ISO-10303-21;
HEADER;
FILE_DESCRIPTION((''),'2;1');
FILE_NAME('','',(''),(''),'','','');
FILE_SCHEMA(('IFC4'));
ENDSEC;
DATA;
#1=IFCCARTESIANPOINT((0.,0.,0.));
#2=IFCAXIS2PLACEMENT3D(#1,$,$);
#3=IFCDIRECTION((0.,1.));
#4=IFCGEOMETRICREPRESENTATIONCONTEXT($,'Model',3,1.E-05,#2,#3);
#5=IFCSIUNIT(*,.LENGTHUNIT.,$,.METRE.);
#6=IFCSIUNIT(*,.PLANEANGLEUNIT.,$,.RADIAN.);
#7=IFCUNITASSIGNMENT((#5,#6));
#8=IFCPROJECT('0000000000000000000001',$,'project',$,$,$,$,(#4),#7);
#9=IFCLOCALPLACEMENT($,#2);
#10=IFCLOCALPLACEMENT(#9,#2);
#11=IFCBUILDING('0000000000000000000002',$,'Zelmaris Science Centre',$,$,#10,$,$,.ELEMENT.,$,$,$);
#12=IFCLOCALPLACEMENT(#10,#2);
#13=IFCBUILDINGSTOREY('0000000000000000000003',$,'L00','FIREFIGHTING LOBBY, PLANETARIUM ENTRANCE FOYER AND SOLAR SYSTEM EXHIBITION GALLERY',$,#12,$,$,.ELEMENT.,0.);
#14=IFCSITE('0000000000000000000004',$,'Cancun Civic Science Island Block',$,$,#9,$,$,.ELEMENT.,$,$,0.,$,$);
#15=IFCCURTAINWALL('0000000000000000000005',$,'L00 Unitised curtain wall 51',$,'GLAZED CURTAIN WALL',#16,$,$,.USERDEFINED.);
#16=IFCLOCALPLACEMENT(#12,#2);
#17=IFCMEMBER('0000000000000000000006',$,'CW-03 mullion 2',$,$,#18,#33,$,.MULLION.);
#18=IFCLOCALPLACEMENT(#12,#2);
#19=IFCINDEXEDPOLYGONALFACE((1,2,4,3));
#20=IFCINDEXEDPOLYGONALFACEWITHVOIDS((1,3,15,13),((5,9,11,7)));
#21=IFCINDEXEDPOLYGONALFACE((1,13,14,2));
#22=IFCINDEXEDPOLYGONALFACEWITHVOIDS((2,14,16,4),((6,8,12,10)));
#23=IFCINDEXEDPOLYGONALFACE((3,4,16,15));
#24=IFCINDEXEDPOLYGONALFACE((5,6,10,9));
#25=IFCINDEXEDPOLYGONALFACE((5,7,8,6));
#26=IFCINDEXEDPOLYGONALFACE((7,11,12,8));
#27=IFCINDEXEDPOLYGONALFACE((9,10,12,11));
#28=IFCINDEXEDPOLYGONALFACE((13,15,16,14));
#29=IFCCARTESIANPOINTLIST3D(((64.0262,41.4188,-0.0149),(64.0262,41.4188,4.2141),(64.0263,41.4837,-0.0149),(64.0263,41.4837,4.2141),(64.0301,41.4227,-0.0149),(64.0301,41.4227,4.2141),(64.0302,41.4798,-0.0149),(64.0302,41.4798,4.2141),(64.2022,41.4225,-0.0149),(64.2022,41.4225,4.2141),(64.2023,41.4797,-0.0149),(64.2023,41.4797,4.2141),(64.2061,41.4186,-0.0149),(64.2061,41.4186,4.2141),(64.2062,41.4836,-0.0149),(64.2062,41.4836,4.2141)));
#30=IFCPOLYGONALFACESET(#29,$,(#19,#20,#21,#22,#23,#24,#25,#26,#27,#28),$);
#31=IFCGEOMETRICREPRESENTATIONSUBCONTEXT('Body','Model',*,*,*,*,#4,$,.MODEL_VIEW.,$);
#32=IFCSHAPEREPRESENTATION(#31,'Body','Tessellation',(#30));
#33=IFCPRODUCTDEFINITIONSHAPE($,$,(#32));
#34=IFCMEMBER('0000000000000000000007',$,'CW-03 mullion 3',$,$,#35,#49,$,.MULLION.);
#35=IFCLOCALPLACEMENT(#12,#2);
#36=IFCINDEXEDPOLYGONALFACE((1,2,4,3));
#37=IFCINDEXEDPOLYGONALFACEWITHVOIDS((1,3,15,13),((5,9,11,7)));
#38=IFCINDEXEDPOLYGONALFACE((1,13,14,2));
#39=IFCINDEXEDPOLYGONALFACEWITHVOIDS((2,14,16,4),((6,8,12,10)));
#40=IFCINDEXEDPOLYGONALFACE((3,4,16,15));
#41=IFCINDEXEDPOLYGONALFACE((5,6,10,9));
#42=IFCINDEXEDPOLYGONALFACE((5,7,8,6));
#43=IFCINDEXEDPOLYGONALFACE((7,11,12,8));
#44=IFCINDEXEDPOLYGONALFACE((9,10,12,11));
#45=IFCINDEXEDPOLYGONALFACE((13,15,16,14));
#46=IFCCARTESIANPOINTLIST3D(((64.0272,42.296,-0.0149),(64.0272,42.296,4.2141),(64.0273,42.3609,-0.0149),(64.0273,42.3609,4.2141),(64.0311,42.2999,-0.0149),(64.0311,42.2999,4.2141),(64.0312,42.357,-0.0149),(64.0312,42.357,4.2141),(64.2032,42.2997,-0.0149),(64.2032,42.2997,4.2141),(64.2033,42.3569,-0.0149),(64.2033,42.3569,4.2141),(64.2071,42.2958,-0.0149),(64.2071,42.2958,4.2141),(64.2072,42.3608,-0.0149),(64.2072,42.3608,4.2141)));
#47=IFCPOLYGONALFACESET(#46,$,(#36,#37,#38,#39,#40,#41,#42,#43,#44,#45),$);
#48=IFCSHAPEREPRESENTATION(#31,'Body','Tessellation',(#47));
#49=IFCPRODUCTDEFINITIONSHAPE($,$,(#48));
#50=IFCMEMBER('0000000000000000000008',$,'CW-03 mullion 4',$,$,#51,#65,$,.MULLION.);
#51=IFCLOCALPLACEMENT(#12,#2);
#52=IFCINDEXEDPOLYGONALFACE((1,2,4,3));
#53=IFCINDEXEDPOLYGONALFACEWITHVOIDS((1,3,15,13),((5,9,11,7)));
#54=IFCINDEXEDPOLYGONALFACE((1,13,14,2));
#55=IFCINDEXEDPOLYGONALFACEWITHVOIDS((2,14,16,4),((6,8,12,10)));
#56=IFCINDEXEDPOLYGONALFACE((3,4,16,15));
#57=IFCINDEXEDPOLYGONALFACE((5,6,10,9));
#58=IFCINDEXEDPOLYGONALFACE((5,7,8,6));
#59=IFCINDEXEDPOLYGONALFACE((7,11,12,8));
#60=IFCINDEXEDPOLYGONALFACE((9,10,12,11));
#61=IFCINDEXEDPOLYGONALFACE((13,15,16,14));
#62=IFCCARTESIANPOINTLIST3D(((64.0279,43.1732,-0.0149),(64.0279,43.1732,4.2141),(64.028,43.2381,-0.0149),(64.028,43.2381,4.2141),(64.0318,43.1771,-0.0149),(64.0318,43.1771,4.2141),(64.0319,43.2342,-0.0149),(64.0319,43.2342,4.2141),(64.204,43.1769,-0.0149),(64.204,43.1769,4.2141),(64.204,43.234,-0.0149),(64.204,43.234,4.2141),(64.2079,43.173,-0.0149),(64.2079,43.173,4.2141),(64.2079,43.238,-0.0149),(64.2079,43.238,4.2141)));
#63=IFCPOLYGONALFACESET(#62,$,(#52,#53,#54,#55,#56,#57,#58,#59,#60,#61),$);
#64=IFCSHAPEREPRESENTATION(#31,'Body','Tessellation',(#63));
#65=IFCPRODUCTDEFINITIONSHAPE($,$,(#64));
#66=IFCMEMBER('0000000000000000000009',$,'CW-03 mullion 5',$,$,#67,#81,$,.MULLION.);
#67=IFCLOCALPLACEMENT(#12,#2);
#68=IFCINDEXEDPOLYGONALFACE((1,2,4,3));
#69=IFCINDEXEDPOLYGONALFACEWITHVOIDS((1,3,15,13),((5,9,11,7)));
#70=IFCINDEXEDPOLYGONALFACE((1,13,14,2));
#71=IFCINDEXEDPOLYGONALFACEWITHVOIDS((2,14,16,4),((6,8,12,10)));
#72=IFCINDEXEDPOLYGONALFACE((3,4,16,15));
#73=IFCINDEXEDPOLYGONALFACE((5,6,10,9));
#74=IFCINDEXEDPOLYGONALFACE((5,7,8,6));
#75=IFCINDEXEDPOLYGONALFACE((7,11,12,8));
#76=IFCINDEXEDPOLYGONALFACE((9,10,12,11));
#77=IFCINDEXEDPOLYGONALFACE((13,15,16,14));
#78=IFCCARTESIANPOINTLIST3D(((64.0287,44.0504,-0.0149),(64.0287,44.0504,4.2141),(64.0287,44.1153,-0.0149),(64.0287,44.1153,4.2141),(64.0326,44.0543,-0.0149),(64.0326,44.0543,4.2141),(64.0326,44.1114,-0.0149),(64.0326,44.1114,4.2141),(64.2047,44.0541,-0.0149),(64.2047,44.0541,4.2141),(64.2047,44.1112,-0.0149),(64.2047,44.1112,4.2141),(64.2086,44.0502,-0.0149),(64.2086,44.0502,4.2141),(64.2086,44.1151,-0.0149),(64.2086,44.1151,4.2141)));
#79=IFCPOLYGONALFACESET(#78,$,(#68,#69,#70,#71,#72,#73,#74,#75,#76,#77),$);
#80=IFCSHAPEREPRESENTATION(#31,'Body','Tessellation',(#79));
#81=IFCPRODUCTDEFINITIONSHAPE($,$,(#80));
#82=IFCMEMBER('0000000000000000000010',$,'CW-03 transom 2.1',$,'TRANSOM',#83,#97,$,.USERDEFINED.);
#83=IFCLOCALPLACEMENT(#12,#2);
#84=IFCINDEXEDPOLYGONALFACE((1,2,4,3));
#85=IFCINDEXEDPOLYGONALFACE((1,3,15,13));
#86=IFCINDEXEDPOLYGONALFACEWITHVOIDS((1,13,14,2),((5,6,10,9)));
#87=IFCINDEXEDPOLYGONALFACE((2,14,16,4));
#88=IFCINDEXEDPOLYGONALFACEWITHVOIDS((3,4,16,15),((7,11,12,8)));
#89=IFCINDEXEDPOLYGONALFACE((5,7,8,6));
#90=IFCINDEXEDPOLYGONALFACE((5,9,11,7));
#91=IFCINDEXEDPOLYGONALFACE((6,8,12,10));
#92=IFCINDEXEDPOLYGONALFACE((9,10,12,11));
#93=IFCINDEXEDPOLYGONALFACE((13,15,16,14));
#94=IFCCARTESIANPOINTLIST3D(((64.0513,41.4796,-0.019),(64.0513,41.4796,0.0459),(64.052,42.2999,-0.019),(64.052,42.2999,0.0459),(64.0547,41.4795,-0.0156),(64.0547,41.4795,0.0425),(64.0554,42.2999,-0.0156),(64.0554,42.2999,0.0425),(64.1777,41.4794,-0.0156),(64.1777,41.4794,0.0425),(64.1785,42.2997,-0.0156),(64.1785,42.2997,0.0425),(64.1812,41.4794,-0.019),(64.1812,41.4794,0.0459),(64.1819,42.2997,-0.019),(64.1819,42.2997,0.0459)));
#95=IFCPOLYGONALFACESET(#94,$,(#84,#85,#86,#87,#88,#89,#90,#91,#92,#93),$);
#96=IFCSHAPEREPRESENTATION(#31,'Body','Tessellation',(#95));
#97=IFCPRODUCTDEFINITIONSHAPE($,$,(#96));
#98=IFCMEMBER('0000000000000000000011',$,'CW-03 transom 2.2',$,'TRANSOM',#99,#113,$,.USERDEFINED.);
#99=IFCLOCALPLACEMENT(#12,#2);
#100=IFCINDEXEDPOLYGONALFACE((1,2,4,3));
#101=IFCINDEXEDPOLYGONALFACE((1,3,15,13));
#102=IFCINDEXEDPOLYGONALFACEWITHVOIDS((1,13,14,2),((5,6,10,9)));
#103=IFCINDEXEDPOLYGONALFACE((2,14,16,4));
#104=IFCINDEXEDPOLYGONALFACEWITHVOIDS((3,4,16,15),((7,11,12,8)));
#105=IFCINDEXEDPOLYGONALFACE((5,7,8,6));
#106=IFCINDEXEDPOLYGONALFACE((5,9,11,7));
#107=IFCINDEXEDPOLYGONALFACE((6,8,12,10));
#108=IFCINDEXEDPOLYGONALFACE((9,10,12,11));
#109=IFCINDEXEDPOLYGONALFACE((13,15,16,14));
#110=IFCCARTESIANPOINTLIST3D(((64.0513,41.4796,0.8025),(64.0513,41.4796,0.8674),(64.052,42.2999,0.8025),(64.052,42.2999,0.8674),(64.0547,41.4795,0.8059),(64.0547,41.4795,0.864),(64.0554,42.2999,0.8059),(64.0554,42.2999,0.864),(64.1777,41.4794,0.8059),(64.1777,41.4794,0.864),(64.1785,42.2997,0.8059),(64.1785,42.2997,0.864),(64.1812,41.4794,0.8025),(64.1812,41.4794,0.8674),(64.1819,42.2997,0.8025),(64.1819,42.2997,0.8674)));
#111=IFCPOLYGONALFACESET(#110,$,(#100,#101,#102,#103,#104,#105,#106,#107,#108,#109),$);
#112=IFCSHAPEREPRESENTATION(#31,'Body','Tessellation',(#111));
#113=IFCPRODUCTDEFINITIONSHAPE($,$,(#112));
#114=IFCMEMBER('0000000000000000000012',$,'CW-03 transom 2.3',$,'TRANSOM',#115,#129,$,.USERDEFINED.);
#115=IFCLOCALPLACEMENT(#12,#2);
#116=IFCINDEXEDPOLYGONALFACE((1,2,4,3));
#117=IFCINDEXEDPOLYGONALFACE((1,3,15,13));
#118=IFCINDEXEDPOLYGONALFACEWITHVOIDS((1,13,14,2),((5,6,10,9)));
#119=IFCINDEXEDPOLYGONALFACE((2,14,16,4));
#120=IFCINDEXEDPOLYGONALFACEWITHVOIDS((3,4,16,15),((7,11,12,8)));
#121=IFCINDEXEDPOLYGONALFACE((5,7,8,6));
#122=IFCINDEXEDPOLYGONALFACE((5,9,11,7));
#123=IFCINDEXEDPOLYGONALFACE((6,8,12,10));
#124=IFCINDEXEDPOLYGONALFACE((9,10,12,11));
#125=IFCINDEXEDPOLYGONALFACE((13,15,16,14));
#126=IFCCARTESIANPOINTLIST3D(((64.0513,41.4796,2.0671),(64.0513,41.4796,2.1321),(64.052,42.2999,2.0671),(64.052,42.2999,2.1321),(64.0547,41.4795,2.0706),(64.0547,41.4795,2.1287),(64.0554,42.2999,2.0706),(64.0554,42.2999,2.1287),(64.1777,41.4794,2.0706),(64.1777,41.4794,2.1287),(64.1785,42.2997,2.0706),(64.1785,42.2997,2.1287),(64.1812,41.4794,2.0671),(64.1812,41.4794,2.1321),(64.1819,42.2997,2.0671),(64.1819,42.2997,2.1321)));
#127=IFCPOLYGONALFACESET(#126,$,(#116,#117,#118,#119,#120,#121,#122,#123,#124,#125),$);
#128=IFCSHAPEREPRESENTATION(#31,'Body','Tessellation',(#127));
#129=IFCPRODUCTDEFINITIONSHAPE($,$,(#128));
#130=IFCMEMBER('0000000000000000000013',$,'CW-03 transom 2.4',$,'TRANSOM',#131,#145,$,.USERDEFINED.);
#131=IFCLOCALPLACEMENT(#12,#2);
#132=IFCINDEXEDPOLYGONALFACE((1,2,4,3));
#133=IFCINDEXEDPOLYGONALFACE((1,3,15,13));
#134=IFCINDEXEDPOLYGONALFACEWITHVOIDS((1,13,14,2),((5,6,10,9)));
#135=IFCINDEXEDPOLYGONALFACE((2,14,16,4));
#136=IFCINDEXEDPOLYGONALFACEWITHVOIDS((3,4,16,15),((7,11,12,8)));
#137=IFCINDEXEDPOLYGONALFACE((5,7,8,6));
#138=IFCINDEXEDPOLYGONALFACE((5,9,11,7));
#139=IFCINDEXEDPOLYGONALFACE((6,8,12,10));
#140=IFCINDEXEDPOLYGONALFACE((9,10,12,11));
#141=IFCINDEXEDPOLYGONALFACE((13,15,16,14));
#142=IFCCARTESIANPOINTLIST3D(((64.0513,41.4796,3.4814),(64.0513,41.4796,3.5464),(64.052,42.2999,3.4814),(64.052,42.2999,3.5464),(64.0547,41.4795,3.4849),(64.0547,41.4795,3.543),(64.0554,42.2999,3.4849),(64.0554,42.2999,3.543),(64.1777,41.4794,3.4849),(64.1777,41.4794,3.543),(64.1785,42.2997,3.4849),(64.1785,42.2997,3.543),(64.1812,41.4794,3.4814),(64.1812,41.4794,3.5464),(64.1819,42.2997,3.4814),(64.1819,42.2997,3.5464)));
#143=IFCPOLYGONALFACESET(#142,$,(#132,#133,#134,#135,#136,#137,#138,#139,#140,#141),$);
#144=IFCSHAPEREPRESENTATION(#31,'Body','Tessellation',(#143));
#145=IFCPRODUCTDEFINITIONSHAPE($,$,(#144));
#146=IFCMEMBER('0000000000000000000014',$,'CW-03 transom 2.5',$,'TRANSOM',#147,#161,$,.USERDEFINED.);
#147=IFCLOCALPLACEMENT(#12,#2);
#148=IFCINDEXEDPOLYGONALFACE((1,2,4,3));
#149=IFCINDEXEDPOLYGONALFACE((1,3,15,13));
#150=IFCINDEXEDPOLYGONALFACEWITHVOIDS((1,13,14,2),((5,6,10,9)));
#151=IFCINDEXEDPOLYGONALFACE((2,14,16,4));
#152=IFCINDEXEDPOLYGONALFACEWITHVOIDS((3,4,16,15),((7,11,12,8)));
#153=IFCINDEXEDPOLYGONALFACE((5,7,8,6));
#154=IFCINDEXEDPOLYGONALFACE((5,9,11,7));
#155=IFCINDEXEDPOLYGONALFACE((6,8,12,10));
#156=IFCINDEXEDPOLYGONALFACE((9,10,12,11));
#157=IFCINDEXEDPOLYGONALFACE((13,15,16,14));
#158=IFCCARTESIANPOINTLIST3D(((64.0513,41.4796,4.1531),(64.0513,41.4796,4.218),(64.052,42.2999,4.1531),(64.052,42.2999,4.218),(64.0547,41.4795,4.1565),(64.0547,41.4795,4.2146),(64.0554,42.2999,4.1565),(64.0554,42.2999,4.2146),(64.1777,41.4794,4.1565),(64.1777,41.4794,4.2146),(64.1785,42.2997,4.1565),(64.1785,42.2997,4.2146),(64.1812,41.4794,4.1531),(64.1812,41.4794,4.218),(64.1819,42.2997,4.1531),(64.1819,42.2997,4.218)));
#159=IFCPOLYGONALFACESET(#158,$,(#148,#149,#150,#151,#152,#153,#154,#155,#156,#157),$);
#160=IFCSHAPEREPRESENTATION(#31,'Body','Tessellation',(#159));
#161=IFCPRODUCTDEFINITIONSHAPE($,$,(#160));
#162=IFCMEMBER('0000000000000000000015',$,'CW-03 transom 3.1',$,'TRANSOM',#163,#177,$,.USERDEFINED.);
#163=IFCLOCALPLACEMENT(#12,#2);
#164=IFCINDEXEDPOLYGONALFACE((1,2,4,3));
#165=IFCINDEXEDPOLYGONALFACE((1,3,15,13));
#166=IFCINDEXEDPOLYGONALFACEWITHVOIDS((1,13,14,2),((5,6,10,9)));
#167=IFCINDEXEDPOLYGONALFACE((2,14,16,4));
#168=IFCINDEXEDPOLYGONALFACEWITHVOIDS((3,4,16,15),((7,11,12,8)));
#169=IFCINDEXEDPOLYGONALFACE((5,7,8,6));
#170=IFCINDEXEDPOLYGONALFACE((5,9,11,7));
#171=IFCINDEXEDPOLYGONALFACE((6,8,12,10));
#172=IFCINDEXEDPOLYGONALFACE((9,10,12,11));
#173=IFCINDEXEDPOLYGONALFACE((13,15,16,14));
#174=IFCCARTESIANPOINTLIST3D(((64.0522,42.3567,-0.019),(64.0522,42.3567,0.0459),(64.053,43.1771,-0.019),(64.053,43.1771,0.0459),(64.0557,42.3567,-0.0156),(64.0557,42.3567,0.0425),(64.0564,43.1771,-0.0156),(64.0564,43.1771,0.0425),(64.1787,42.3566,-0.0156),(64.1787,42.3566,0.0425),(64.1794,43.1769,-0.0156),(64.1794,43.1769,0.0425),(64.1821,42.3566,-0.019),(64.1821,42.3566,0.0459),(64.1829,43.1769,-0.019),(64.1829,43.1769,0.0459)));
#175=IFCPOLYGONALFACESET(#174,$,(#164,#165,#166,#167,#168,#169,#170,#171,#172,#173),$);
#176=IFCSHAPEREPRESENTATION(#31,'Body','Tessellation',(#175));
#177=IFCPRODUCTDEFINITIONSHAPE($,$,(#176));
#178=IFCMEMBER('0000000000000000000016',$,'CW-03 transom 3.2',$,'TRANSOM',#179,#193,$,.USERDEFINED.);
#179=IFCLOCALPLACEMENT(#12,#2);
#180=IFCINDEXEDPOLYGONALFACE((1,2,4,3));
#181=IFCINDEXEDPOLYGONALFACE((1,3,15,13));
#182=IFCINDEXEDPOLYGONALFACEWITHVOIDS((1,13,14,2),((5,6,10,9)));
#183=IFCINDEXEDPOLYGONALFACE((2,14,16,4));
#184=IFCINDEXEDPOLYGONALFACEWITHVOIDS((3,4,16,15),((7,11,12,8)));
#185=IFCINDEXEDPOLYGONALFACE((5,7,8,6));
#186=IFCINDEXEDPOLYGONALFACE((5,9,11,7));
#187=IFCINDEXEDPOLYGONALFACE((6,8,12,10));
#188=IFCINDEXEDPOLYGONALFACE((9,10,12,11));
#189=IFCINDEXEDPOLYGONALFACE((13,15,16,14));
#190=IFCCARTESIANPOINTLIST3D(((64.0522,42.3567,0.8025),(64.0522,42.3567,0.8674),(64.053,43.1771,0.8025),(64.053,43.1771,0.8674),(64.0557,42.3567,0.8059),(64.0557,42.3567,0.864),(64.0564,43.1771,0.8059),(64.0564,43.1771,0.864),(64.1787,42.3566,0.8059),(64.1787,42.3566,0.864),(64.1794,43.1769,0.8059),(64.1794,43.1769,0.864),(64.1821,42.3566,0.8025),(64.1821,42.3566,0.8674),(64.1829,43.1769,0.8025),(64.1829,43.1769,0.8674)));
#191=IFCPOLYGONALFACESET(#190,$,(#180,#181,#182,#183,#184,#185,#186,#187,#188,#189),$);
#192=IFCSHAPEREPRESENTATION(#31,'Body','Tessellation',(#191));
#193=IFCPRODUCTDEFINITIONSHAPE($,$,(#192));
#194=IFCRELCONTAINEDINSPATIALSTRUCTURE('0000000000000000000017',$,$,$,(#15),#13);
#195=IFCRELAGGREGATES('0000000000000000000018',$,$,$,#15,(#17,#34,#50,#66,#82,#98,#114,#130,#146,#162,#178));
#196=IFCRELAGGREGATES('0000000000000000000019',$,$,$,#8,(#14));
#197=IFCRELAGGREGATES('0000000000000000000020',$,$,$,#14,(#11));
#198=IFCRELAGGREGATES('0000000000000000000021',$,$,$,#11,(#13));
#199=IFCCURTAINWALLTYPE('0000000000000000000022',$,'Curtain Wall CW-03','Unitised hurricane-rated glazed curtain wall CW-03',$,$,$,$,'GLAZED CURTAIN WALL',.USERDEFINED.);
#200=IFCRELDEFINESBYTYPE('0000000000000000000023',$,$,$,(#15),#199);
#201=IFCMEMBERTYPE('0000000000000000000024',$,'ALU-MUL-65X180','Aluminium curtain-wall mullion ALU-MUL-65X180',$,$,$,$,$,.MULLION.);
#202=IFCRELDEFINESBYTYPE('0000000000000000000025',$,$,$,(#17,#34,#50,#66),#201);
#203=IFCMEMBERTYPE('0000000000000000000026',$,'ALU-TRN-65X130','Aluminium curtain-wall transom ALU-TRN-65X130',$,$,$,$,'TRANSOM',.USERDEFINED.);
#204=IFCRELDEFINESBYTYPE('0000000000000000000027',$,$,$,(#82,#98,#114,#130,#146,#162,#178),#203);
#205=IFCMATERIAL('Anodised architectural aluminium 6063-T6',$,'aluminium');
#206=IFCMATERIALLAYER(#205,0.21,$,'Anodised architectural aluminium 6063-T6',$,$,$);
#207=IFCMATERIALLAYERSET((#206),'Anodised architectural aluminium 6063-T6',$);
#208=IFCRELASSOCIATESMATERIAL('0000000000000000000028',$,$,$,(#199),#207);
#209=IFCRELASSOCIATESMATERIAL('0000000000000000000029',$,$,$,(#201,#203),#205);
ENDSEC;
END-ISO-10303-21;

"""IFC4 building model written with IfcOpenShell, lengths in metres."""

from ifc_helpers import new_model, si_unit, direction, frame, origin, origin_2d, place, context, subcontext, project, spatial, hollow_rectangle, extrude, material, layer, layer_set, material_profile, profile_set, type_object, element, aggregate, save


model = new_model("IFC4")

# Units and contexts
model_context = context("Model", 3, precision=1e-05, world=origin(), true_north=direction((0.0, 1.0)))
body_context = subcontext(model_context, "Body", "Model", "MODEL_VIEW")
ifc_project = project(units=[si_unit("LENGTHUNIT", "METRE"), si_unit("PLANEANGLEUNIT", "RADIAN")], contexts=[model_context])

# Site, building, storey
site_placement = place(None, origin())
site = spatial("IfcSite", under=ifc_project, at=site_placement, Name="Cancun Civic Science Island Block", CompositionType="ELEMENT", RefElevation=0.0)
building_placement = place(site_placement, origin())
building = spatial("IfcBuilding", under=site, at=building_placement, Name="Zelmaris Science Centre", CompositionType="ELEMENT")
storey_placement = place(building_placement, origin())
storey = spatial("IfcBuildingStorey", under=building, at=storey_placement, Name="L00", Description="FIREFIGHTING LOBBY, PLANETARIUM ENTRANCE FOYER AND SOLAR SYSTEM EXHIBITION GALLERY", CompositionType="ELEMENT", Elevation=0.0)

# Curtain wall, members
ifc_material_1 = material(Name="Anodised architectural aluminium 6063-T6", Category="aluminium")
ifc_layer_1 = layer(ifc_material_1, 0.21, Name="Anodised architectural aluminium 6063-T6")
ifc_layer_set_1 = layer_set([ifc_layer_1], Name="Anodised architectural aluminium 6063-T6")
curtain_wall_type = type_object("IfcCurtainWallType", Name="Curtain Wall CW-03", Description="Unitised hurricane-rated glazed curtain wall CW-03", ElementType="GLAZED CURTAIN WALL", PredefinedType="USERDEFINED", material=ifc_layer_set_1)
curtain_wall_placement = place(storey_placement, origin())
curtain_wall = element("IfcCurtainWall", 1, at=curtain_wall_placement, inside=storey, type_object=curtain_wall_type, Name="L00 Unitised curtain wall 51", ObjectType="GLAZED CURTAIN WALL", PredefinedType="USERDEFINED")
ifc_material_profile_1 = material_profile(ifc_material_1, hollow_rectangle(XDim=0.0649, YDim=0.1799, WallThickness=0.0039, at=origin_2d()), Name="ALU-MUL-65X180")
ifc_profile_set_1 = profile_set([ifc_material_profile_1], Name="Anodised architectural aluminium 6063-T6")
member_type_1 = type_object("IfcMemberType", Name="ALU-MUL-65X180", Description="Aluminium curtain-wall mullion ALU-MUL-65X180", PredefinedType="MULLION", material=ifc_profile_set_1)
member_1_placement = place(storey_placement, frame((64.1162, 41.4512, -0.0149), z_axis=(0.0, 0.0, 1.0), x_axis=(0.000946, 1.0, 0.0)))
member_1 = element("IfcMember", 2, at=member_1_placement, type_object=member_type_1, Name="CW-03 mullion 2", PredefinedType="MULLION", context=body_context, shape_type="SweptSolid", body=[
    extrude(hollow_rectangle(XDim=0.0649, YDim=0.1799, WallThickness=0.0039, at=origin_2d()), origin(), (0.0, 0.0, 1.0), 4.229),
])
member_2_placement = place(storey_placement, frame((64.1172, 42.3284, -0.0149), z_axis=(0.0, 0.0, 1.0), x_axis=(0.000946, 1.0, 0.0)))
member_2 = element("IfcMember", 3, at=member_2_placement, type_object=member_type_1, Name="CW-03 mullion 3", PredefinedType="MULLION", context=body_context, shape_type="SweptSolid", body=[
    extrude(hollow_rectangle(XDim=0.0649, YDim=0.1799, WallThickness=0.0039, at=origin_2d()), origin(), (0.0, 0.0, 1.0), 4.229),
])
member_3_placement = place(storey_placement, frame((64.1179, 43.2056, -0.0149), z_axis=(0.0, 0.0, 1.0), x_axis=(0.000946, 1.0, 0.0)))
member_3 = element("IfcMember", 4, at=member_3_placement, type_object=member_type_1, Name="CW-03 mullion 4", PredefinedType="MULLION", context=body_context, shape_type="SweptSolid", body=[
    extrude(hollow_rectangle(XDim=0.0649, YDim=0.1799, WallThickness=0.0039, at=origin_2d()), origin(), (0.0, 0.0, 1.0), 4.229),
])
member_4_placement = place(storey_placement, frame((64.1187, 44.0828, -0.0149), z_axis=(0.0, 0.0, 1.0), x_axis=(0.000946, 1.0, 0.0)))
member_4 = element("IfcMember", 5, at=member_4_placement, type_object=member_type_1, Name="CW-03 mullion 5", PredefinedType="MULLION", context=body_context, shape_type="SweptSolid", body=[
    extrude(hollow_rectangle(XDim=0.0649, YDim=0.1799, WallThickness=0.0039, at=origin_2d()), origin(), (0.0, 0.0, 1.0), 4.229),
])
ifc_material_profile_2 = material_profile(ifc_material_1, hollow_rectangle(XDim=0.0649, YDim=0.1299, WallThickness=0.0034, at=origin_2d()), Name="ALU-TRN-65X130")
ifc_profile_set_2 = profile_set([ifc_material_profile_2], Name="Anodised architectural aluminium 6063-T6")
member_type_2 = type_object("IfcMemberType", Name="ALU-TRN-65X130", Description="Aluminium curtain-wall transom ALU-TRN-65X130", ElementType="TRANSOM", PredefinedType="USERDEFINED", material=ifc_profile_set_2)
member_5_placement = place(storey_placement, frame((64.1162, 41.4795, 0.0134), z_axis=(0.000893, 1.0, 0.0), x_axis=(0.0, 0.0, 1.0)))
member_5 = element("IfcMember", 6, at=member_5_placement, type_object=member_type_2, Name="CW-03 transom 2.1", ObjectType="TRANSOM", PredefinedType="USERDEFINED", context=body_context, shape_type="SweptSolid", body=[
    extrude(hollow_rectangle(XDim=0.0649, YDim=0.1299, WallThickness=0.0034, at=origin_2d()), origin(), (0.0, 0.0, 1.0), 0.8203),
])
member_6_placement = place(storey_placement, frame((64.1162, 41.4795, 0.835), z_axis=(0.000893, 1.0, 0.0), x_axis=(0.0, 0.0, 1.0)))
member_6 = element("IfcMember", 7, at=member_6_placement, type_object=member_type_2, Name="CW-03 transom 2.2", ObjectType="TRANSOM", PredefinedType="USERDEFINED", context=body_context, shape_type="SweptSolid", body=[
    extrude(hollow_rectangle(XDim=0.0649, YDim=0.1299, WallThickness=0.0034, at=origin_2d()), origin(), (0.0, 0.0, 1.0), 0.8203),
])
member_7_placement = place(storey_placement, frame((64.1162, 41.4795, 2.0996), z_axis=(0.000893, 1.0, 0.0), x_axis=(0.0, 0.0, 1.0)))
member_7 = element("IfcMember", 8, at=member_7_placement, type_object=member_type_2, Name="CW-03 transom 2.3", ObjectType="TRANSOM", PredefinedType="USERDEFINED", context=body_context, shape_type="SweptSolid", body=[
    extrude(hollow_rectangle(XDim=0.0649, YDim=0.1299, WallThickness=0.0034, at=origin_2d()), origin(), (0.0, 0.0, 1.0), 0.8203),
])
member_8_placement = place(storey_placement, frame((64.1162, 41.4795, 3.5139), z_axis=(0.000893, 1.0, 0.0), x_axis=(0.0, 0.0, 1.0)))
member_8 = element("IfcMember", 9, at=member_8_placement, type_object=member_type_2, Name="CW-03 transom 2.4", ObjectType="TRANSOM", PredefinedType="USERDEFINED", context=body_context, shape_type="SweptSolid", body=[
    extrude(hollow_rectangle(XDim=0.0649, YDim=0.1299, WallThickness=0.0034, at=origin_2d()), origin(), (0.0, 0.0, 1.0), 0.8203),
])
member_9_placement = place(storey_placement, frame((64.1162, 41.4795, 4.1855), z_axis=(0.000893, 1.0, 0.0), x_axis=(0.0, 0.0, 1.0)))
member_9 = element("IfcMember", 10, at=member_9_placement, type_object=member_type_2, Name="CW-03 transom 2.5", ObjectType="TRANSOM", PredefinedType="USERDEFINED", context=body_context, shape_type="SweptSolid", body=[
    extrude(hollow_rectangle(XDim=0.0649, YDim=0.1299, WallThickness=0.0034, at=origin_2d()), origin(), (0.0, 0.0, 1.0), 0.8203),
])
member_10_placement = place(storey_placement, frame((64.1172, 42.3567, 0.0134), z_axis=(0.000893, 1.0, 0.0), x_axis=(0.0, 0.0, 1.0)))
member_10 = element("IfcMember", 11, at=member_10_placement, type_object=member_type_2, Name="CW-03 transom 3.1", ObjectType="TRANSOM", PredefinedType="USERDEFINED", context=body_context, shape_type="SweptSolid", body=[
    extrude(hollow_rectangle(XDim=0.0649, YDim=0.1299, WallThickness=0.0034, at=origin_2d()), origin(), (0.0, 0.0, 1.0), 0.8203),
])
member_11_placement = place(storey_placement, frame((64.1172, 42.3567, 0.835), z_axis=(0.000893, 1.0, 0.0), x_axis=(0.0, 0.0, 1.0)))
member_11 = element("IfcMember", 12, at=member_11_placement, type_object=member_type_2, Name="CW-03 transom 3.2", ObjectType="TRANSOM", PredefinedType="USERDEFINED", context=body_context, shape_type="SweptSolid", body=[
    extrude(hollow_rectangle(XDim=0.0649, YDim=0.1299, WallThickness=0.0034, at=origin_2d()), origin(), (0.0, 0.0, 1.0), 0.8203),
])
aggregate(curtain_wall, [member_1, member_2, member_3, member_4, member_5, member_6, member_7, member_8, member_9, member_10, member_11])

save(model, "model.ifc")
